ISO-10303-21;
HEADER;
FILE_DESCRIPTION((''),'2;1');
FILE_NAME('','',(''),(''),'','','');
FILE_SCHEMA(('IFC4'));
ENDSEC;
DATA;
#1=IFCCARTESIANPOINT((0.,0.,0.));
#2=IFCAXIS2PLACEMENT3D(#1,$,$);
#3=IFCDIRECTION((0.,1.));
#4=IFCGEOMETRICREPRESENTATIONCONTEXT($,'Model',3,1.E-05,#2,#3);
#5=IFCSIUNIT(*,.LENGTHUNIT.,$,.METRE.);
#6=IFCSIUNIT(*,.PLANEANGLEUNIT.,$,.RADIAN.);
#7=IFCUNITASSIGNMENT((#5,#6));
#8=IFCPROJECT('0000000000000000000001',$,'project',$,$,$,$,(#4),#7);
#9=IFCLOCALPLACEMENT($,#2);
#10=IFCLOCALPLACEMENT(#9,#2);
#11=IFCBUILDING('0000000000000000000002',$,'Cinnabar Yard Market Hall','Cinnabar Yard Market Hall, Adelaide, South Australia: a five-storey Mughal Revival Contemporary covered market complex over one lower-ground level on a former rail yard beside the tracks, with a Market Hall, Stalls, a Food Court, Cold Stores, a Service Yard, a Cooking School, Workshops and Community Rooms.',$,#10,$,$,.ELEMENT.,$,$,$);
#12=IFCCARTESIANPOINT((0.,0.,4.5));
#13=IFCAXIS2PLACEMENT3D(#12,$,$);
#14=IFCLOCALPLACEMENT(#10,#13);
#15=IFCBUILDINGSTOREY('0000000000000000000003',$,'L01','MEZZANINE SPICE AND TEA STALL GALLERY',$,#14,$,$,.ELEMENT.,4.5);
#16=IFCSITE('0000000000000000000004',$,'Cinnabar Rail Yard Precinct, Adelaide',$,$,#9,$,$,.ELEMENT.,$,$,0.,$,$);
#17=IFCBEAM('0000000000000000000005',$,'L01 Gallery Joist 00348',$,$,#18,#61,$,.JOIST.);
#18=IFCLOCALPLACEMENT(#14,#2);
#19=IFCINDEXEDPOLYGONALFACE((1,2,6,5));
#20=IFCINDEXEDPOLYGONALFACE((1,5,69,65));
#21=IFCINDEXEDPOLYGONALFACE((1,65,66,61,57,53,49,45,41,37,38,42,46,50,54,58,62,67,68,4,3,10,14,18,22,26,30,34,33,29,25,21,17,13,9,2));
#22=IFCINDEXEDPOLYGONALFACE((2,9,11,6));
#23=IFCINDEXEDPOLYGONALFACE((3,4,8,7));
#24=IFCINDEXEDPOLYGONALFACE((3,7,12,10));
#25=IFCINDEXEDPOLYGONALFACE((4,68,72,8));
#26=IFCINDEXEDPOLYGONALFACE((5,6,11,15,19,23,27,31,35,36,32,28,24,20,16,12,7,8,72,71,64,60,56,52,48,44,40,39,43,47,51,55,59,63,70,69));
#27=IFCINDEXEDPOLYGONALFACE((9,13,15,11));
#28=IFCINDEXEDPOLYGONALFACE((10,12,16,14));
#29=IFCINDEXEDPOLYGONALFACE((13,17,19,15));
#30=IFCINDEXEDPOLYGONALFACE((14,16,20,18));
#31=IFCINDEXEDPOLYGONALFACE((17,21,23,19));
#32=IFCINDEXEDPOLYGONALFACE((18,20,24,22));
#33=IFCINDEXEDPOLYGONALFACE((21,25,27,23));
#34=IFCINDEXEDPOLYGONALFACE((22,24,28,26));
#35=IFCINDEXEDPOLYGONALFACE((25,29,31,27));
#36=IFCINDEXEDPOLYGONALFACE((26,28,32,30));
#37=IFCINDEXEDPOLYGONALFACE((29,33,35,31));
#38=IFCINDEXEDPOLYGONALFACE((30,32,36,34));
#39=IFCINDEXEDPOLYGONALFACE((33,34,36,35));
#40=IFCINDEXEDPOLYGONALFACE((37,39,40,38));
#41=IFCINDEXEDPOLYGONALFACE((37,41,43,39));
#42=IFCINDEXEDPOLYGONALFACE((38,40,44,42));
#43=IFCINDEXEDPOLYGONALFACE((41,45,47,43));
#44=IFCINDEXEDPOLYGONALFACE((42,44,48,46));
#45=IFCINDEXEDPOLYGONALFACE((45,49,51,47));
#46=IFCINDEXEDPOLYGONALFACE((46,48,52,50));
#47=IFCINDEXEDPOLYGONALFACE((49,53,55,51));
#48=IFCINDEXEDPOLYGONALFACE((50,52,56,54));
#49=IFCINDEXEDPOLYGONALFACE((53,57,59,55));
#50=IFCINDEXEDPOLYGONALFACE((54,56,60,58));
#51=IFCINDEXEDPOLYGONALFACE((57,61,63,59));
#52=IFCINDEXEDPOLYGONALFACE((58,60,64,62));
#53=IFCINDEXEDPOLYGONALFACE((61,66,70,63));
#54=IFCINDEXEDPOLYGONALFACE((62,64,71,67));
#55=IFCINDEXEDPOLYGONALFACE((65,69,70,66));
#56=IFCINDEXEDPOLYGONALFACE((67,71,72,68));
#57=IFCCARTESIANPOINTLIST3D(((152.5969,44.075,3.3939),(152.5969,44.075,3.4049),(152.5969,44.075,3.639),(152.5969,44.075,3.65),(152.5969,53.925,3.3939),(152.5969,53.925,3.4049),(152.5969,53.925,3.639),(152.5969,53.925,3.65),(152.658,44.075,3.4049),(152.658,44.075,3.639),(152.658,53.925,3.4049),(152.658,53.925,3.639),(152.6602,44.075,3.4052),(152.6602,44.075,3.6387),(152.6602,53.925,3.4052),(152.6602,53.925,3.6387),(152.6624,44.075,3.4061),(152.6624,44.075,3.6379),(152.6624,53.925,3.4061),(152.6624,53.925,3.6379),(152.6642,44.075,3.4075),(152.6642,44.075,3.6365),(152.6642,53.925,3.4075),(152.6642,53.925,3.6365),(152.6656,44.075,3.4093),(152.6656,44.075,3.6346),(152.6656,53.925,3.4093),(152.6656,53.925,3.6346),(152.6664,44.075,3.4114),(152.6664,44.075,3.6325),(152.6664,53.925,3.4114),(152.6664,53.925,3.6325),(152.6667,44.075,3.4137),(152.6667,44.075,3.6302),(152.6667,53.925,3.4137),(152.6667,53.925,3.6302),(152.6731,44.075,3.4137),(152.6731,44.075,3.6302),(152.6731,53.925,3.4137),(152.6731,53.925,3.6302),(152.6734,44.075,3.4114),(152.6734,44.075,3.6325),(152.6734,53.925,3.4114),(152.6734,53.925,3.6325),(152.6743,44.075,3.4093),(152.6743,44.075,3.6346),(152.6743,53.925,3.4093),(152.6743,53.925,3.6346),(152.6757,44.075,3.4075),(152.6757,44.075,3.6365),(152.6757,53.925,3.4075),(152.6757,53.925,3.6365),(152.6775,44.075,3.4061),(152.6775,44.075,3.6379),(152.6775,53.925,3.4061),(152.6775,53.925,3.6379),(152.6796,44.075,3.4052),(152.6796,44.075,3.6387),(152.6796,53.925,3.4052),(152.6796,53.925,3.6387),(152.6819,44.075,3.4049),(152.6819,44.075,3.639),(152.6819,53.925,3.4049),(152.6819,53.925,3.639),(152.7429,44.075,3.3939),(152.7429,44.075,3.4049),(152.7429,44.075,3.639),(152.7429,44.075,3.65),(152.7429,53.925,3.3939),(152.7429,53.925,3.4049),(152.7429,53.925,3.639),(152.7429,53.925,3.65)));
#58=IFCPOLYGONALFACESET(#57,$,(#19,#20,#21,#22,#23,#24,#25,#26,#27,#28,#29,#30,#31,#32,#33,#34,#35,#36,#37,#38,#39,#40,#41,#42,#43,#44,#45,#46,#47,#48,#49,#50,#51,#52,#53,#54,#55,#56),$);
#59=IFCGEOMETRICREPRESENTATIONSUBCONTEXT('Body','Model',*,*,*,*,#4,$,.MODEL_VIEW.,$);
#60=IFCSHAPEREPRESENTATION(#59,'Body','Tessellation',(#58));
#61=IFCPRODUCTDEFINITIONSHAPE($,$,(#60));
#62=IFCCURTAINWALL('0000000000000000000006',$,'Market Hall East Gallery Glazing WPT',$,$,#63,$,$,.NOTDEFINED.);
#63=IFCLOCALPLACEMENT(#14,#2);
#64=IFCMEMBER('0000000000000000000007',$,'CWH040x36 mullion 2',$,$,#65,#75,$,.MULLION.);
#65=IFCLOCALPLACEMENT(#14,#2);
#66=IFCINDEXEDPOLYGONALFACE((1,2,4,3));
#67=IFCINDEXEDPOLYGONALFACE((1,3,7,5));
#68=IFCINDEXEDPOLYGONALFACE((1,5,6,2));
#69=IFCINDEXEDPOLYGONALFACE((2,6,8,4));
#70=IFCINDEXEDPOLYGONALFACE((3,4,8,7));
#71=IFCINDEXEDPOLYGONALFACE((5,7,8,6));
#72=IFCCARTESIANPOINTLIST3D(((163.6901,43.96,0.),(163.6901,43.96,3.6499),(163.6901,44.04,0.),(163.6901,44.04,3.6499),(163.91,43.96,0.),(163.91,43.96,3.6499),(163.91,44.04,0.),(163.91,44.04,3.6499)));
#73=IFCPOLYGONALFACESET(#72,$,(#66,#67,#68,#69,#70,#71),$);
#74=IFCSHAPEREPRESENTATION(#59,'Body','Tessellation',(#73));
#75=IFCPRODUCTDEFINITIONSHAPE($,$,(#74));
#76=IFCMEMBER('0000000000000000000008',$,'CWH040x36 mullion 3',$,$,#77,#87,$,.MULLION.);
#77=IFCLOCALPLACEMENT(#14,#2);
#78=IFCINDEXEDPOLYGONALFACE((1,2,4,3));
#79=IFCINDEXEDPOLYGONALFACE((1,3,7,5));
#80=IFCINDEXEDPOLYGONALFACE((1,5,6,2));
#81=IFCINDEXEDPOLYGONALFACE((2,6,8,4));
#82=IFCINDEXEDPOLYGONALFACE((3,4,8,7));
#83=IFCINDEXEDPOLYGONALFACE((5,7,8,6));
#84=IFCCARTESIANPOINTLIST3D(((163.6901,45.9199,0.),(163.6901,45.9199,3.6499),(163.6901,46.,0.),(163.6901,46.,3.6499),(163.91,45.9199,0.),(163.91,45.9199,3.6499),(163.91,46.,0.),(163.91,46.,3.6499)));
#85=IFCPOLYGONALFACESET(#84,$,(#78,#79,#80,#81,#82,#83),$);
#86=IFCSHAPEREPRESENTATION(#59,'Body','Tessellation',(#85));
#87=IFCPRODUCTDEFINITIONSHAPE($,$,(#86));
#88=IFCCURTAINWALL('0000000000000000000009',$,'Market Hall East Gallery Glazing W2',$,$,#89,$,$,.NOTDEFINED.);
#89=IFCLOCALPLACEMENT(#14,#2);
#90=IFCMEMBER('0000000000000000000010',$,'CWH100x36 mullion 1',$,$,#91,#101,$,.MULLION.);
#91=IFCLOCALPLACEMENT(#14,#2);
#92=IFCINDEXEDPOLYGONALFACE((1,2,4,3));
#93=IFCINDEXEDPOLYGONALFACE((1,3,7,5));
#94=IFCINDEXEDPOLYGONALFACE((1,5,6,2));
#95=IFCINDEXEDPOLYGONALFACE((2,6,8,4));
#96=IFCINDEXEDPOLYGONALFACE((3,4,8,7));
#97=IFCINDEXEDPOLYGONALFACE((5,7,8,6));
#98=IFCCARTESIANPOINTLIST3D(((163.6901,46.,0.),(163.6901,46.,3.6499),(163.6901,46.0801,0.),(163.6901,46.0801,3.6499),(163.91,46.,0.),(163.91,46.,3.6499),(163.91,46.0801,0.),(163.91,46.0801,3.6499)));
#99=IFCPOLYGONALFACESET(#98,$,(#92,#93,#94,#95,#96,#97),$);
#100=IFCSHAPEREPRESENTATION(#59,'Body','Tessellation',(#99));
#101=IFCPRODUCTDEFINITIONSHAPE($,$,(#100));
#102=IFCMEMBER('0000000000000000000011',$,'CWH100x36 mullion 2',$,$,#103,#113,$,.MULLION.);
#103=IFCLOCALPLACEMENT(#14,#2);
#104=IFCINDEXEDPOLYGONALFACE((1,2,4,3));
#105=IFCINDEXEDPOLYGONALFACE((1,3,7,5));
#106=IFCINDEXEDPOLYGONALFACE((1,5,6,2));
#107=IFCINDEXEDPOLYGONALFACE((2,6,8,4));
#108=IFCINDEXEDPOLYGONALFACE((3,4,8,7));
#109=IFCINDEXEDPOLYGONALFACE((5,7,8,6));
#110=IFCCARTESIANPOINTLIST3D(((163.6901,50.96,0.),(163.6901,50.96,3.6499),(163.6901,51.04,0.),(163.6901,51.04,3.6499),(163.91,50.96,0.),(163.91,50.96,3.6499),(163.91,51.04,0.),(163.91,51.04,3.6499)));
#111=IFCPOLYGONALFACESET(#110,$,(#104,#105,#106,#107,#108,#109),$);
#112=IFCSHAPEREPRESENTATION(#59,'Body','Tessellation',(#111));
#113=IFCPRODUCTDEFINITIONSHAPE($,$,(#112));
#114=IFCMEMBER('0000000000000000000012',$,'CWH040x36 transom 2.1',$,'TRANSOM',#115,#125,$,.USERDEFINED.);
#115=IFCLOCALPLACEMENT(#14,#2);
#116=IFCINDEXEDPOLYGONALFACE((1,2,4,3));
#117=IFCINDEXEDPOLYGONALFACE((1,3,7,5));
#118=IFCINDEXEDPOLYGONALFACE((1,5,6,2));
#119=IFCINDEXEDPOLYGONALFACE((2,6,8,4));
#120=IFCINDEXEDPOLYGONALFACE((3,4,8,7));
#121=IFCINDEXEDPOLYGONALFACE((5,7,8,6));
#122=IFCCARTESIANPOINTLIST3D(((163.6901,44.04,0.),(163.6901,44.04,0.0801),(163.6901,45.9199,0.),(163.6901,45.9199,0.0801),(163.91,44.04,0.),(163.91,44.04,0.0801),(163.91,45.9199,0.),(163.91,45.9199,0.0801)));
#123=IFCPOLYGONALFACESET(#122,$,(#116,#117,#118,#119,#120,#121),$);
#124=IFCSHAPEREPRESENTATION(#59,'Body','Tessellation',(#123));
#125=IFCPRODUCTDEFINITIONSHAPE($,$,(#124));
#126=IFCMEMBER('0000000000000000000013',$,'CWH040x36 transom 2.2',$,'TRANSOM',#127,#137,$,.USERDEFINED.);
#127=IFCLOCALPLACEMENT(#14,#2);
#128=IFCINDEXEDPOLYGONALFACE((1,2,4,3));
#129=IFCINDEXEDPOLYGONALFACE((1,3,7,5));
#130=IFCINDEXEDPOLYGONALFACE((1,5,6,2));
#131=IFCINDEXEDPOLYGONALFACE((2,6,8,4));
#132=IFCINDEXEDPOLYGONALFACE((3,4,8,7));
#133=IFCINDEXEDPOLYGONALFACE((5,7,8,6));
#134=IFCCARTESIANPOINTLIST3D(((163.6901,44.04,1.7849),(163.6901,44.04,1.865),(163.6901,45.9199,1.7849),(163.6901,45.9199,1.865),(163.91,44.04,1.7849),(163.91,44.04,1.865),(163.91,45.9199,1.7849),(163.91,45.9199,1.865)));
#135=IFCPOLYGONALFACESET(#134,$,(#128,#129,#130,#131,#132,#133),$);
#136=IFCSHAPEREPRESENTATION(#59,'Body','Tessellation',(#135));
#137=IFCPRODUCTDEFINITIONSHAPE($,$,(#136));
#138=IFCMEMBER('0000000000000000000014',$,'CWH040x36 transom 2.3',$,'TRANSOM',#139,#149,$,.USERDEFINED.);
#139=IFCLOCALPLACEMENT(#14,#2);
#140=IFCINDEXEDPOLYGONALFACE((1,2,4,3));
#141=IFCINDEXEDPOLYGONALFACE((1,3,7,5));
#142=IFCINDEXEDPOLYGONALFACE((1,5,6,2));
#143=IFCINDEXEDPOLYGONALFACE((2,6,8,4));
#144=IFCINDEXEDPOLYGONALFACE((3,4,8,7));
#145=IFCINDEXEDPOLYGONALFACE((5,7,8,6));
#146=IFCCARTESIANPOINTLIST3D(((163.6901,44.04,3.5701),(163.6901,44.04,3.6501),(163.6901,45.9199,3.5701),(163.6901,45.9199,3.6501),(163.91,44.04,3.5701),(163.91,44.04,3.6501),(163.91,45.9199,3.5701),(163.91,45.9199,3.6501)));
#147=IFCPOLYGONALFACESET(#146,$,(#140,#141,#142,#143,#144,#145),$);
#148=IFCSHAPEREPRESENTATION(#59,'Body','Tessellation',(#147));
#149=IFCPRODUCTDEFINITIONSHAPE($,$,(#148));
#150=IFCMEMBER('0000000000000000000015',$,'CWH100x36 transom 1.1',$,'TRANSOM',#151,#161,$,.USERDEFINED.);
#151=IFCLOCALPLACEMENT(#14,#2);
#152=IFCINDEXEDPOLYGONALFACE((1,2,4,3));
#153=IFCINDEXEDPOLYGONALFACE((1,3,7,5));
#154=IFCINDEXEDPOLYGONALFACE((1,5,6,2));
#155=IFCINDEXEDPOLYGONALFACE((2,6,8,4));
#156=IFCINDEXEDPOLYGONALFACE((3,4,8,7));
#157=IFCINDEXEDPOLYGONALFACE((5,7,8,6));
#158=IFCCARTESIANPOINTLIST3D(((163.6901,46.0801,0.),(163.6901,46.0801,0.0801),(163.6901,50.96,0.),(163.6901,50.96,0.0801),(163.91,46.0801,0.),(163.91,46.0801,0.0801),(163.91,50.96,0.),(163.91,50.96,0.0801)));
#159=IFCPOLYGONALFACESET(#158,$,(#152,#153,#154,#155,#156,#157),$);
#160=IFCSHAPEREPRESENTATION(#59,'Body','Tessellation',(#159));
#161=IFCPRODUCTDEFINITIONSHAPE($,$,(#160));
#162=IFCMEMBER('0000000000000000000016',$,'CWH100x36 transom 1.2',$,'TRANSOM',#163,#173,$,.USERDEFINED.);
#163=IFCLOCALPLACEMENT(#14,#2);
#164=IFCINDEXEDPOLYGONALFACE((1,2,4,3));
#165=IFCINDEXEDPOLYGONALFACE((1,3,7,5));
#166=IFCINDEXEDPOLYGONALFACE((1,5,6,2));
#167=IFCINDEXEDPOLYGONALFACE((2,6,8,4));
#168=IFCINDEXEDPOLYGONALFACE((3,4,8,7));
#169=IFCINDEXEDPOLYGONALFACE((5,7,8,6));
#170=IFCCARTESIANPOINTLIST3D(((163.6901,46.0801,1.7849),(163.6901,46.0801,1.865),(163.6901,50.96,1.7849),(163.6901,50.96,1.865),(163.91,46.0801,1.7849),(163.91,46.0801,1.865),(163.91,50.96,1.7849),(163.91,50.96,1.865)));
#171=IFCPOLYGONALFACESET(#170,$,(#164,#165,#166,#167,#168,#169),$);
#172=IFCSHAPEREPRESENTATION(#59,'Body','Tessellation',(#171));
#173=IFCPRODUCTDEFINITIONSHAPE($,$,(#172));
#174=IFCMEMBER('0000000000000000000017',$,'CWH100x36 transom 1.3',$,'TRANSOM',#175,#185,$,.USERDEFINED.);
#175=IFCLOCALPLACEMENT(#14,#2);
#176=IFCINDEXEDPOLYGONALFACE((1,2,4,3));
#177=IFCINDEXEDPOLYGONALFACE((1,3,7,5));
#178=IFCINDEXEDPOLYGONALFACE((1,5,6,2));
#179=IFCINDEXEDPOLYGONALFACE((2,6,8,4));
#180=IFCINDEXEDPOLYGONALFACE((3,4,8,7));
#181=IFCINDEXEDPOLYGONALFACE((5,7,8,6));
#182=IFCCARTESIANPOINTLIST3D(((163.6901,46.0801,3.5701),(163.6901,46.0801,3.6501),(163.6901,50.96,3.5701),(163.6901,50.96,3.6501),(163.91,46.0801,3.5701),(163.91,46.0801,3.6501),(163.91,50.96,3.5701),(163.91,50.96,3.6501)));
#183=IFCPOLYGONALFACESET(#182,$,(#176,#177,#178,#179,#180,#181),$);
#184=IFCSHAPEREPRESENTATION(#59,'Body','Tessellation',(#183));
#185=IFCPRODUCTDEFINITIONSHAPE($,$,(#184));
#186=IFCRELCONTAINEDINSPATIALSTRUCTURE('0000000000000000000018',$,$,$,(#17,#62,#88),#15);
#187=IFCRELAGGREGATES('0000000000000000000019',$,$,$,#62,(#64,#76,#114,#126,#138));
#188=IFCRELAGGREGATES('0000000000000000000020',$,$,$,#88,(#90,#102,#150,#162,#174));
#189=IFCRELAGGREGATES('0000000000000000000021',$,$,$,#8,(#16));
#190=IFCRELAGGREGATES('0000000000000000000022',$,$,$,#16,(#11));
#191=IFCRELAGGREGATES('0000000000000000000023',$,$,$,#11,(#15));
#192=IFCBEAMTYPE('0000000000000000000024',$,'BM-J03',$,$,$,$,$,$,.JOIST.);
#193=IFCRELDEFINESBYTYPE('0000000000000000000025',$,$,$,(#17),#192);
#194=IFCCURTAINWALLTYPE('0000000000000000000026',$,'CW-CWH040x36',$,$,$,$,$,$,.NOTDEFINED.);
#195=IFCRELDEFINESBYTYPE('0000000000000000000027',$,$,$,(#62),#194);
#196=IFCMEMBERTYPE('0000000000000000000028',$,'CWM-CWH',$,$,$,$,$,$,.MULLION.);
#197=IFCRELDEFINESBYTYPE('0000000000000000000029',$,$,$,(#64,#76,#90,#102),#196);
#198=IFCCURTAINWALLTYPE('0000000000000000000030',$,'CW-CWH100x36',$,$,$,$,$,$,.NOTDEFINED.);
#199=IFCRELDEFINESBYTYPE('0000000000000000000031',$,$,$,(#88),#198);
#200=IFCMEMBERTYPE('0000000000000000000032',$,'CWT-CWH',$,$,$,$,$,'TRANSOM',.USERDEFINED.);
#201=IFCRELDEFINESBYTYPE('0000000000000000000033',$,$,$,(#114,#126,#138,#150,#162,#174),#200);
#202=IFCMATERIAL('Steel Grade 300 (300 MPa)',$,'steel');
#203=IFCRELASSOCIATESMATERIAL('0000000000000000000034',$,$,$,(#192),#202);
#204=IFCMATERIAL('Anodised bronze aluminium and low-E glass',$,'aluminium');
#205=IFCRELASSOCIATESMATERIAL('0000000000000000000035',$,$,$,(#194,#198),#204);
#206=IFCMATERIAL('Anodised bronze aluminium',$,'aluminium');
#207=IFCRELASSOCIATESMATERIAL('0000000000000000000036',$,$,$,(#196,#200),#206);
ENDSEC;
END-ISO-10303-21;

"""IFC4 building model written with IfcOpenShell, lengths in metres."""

from ifc_helpers import new_model, si_unit, direction, frame, origin, origin_2d_with_axis, place, context, subcontext, project, spatial, rectangle, i_section, extrude, material, material_profile, profile_set, type_object, element, aggregate, save


model = new_model("IFC4")

# Units and contexts
model_context = context("Model", 3, precision=1e-05, world=origin(), true_north=direction((0.0, 1.0)))
body_context = subcontext(model_context, "Body", "Model", "MODEL_VIEW")
ifc_project = project(units=[si_unit("LENGTHUNIT", "METRE"), si_unit("PLANEANGLEUNIT", "RADIAN")], contexts=[model_context])

# Site, building, storey
site_placement = place(None, origin())
site = spatial("IfcSite", under=ifc_project, at=site_placement, Name="Cinnabar Rail Yard Precinct, Adelaide", CompositionType="ELEMENT", RefElevation=0.0)
building_placement = place(site_placement, origin())
building = spatial("IfcBuilding", under=site, at=building_placement, Name="Cinnabar Yard Market Hall", Description="Cinnabar Yard Market Hall, Adelaide, South Australia: a five-storey Mughal Revival Contemporary covered market complex over one lower-ground level on a former rail yard beside the tracks, with a Market Hall, Stalls, a Food Court, Cold Stores, a Service Yard, a Cooking School, Workshops and Community Rooms.", CompositionType="ELEMENT")
storey_placement = place(building_placement, frame((0.0, 0.0, 4.5)))
storey = spatial("IfcBuildingStorey", under=building, at=storey_placement, Name="L01", Description="MEZZANINE SPICE AND TEA STALL GALLERY", CompositionType="ELEMENT", Elevation=4.5)

# Beam
ifc_material_1 = material(Name="Steel Grade 300 (300 MPa)", Category="steel")
ifc_material_profile_1 = material_profile(ifc_material_1, i_section(OverallWidth=0.146, OverallDepth=0.2561, WebThickness=0.0063, FlangeThickness=0.011, FilletRadius=0.0088, at=origin_2d_with_axis()), Name="250UB37.3")
ifc_profile_set_1 = profile_set([ifc_material_profile_1], Name="Steel Grade 300 (300 MPa)")
beam_type_1 = type_object("IfcBeamType", Name="BM-J03", PredefinedType="JOIST", material=ifc_profile_set_1)
for number, where, z_axis, x_axis, name in (
    (1, (152.6699, 44.075, 3.522), (0.0, 1.0, 0.0), (-1.0, 0.0, 0.0), "L01 Gallery Joist 00348"),
):
    element("IfcBeam", number, at=place(storey_placement, frame(where, z_axis=z_axis, x_axis=x_axis)), inside=storey, type_object=beam_type_1, Name=name, PredefinedType="JOIST", context=body_context, shape_type="SweptSolid", body=[
        extrude(i_section(OverallWidth=0.146, OverallDepth=0.2561, WebThickness=0.0063, FlangeThickness=0.011, FilletRadius=0.0088, at=origin_2d_with_axis()), origin(), (0.0, 0.0, 1.0), 9.8501),
    ])

# Curtain walls, members
ifc_material_2 = material(Name="Anodised bronze aluminium and low-E glass", Category="aluminium")
curtain_wall_type_1 = type_object("IfcCurtainWallType", Name="CW-CWH040x36", PredefinedType="NOTDEFINED", material=ifc_material_2)
curtain_wall_1_placement = place(storey_placement, origin())
curtain_wall_1 = element("IfcCurtainWall", 2, at=curtain_wall_1_placement, inside=storey, type_object=curtain_wall_type_1, Name="Market Hall East Gallery Glazing WPT", PredefinedType="NOTDEFINED")
ifc_material_3 = material(Name="Anodised bronze aluminium", Category="aluminium")
ifc_material_profile_2 = material_profile(ifc_material_3, rectangle(XDim=0.22, YDim=0.0801, at=origin_2d_with_axis()), Name="MUL-CWH")
ifc_profile_set_2 = profile_set([ifc_material_profile_2], Name="Anodised bronze aluminium")
member_type_1 = type_object("IfcMemberType", Name="CWM-CWH", PredefinedType="MULLION", material=ifc_profile_set_2)
member_1_placement = place(storey_placement, frame((163.8, 44.0, 0.0), z_axis=(0.0, 0.0, 1.0), x_axis=(-1.0, 0.0, 0.0)))
member_1 = element("IfcMember", 3, at=member_1_placement, type_object=member_type_1, Name="CWH040x36 mullion 2", PredefinedType="MULLION", context=body_context, shape_type="SweptSolid", body=[
    extrude(rectangle(XDim=0.22, YDim=0.0801, at=origin_2d_with_axis()), origin(), (0.0, 0.0, 1.0), 3.6499),
])
member_2_placement = place(storey_placement, frame((163.8, 45.96, 0.0), z_axis=(0.0, 0.0, 1.0), x_axis=(-1.0, 0.0, 0.0)))
member_2 = element("IfcMember", 4, at=member_2_placement, type_object=member_type_1, Name="CWH040x36 mullion 3", PredefinedType="MULLION", context=body_context, shape_type="SweptSolid", body=[
    extrude(rectangle(XDim=0.22, YDim=0.0801, at=origin_2d_with_axis()), origin(), (0.0, 0.0, 1.0), 3.6499),
])
curtain_wall_type_2 = type_object("IfcCurtainWallType", Name="CW-CWH100x36", PredefinedType="NOTDEFINED", material=ifc_material_2)
curtain_wall_2_placement = place(storey_placement, origin())
curtain_wall_2 = element("IfcCurtainWall", 5, at=curtain_wall_2_placement, inside=storey, type_object=curtain_wall_type_2, Name="Market Hall East Gallery Glazing W2", PredefinedType="NOTDEFINED")
member_3_placement = place(storey_placement, frame((163.8, 46.04, 0.0), z_axis=(0.0, 0.0, 1.0), x_axis=(-1.0, 0.0, 0.0)))
member_3 = element("IfcMember", 6, at=member_3_placement, type_object=member_type_1, Name="CWH100x36 mullion 1", PredefinedType="MULLION", context=body_context, shape_type="SweptSolid", body=[
    extrude(rectangle(XDim=0.22, YDim=0.0801, at=origin_2d_with_axis()), origin(), (0.0, 0.0, 1.0), 3.6499),
])
member_4_placement = place(storey_placement, frame((163.8, 51.0, 0.0), z_axis=(0.0, 0.0, 1.0), x_axis=(-1.0, 0.0, 0.0)))
member_4 = element("IfcMember", 7, at=member_4_placement, type_object=member_type_1, Name="CWH100x36 mullion 2", PredefinedType="MULLION", context=body_context, shape_type="SweptSolid", body=[
    extrude(rectangle(XDim=0.22, YDim=0.0801, at=origin_2d_with_axis()), origin(), (0.0, 0.0, 1.0), 3.6499),
])

# Members
ifc_material_profile_3 = material_profile(ifc_material_3, rectangle(XDim=0.22, YDim=0.0801, at=origin_2d_with_axis()), Name="TRN-CWH")
ifc_profile_set_3 = profile_set([ifc_material_profile_3], Name="Anodised bronze aluminium")
member_type_2 = type_object("IfcMemberType", Name="CWT-CWH", ElementType="TRANSOM", PredefinedType="USERDEFINED", material=ifc_profile_set_3)
member_5_placement = place(storey_placement, frame((163.8, 44.04, 0.04), z_axis=(0.0, 1.0, 0.0), x_axis=(-1.0, 0.0, 0.0)))
member_5 = element("IfcMember", 8, at=member_5_placement, type_object=member_type_2, Name="CWH040x36 transom 2.1", ObjectType="TRANSOM", PredefinedType="USERDEFINED", context=body_context, shape_type="SweptSolid", body=[
    extrude(rectangle(XDim=0.22, YDim=0.0801, at=origin_2d_with_axis()), origin(), (0.0, 0.0, 1.0), 1.8799),
])
member_6_placement = place(storey_placement, frame((163.8, 44.04, 1.825), z_axis=(0.0, 1.0, 0.0), x_axis=(-1.0, 0.0, 0.0)))
member_6 = element("IfcMember", 9, at=member_6_placement, type_object=member_type_2, Name="CWH040x36 transom 2.2", ObjectType="TRANSOM", PredefinedType="USERDEFINED", context=body_context, shape_type="SweptSolid", body=[
    extrude(rectangle(XDim=0.22, YDim=0.0801, at=origin_2d_with_axis()), origin(), (0.0, 0.0, 1.0), 1.8799),
])
member_7_placement = place(storey_placement, frame((163.8, 44.04, 3.6101), z_axis=(0.0, 1.0, 0.0), x_axis=(-1.0, 0.0, 0.0)))
member_7 = element("IfcMember", 10, at=member_7_placement, type_object=member_type_2, Name="CWH040x36 transom 2.3", ObjectType="TRANSOM", PredefinedType="USERDEFINED", context=body_context, shape_type="SweptSolid", body=[
    extrude(rectangle(XDim=0.22, YDim=0.0801, at=origin_2d_with_axis()), origin(), (0.0, 0.0, 1.0), 1.8799),
])
member_8_placement = place(storey_placement, frame((163.8, 46.0801, 0.04), z_axis=(0.0, 1.0, 0.0), x_axis=(-1.0, 0.0, 0.0)))
member_8 = element("IfcMember", 11, at=member_8_placement, type_object=member_type_2, Name="CWH100x36 transom 1.1", ObjectType="TRANSOM", PredefinedType="USERDEFINED", context=body_context, shape_type="SweptSolid", body=[
    extrude(rectangle(XDim=0.22, YDim=0.0801, at=origin_2d_with_axis()), origin(), (0.0, 0.0, 1.0), 4.8799),
])
member_9_placement = place(storey_placement, frame((163.8, 46.0801, 1.825), z_axis=(0.0, 1.0, 0.0), x_axis=(-1.0, 0.0, 0.0)))
member_9 = element("IfcMember", 12, at=member_9_placement, type_object=member_type_2, Name="CWH100x36 transom 1.2", ObjectType="TRANSOM", PredefinedType="USERDEFINED", context=body_context, shape_type="SweptSolid", body=[
    extrude(rectangle(XDim=0.22, YDim=0.0801, at=origin_2d_with_axis()), origin(), (0.0, 0.0, 1.0), 4.8799),
])
member_10_placement = place(storey_placement, frame((163.8, 46.0801, 3.6101), z_axis=(0.0, 1.0, 0.0), x_axis=(-1.0, 0.0, 0.0)))
member_10 = element("IfcMember", 13, at=member_10_placement, type_object=member_type_2, Name="CWH100x36 transom 1.3", ObjectType="TRANSOM", PredefinedType="USERDEFINED", context=body_context, shape_type="SweptSolid", body=[
    extrude(rectangle(XDim=0.22, YDim=0.0801, at=origin_2d_with_axis()), origin(), (0.0, 0.0, 1.0), 4.8799),
])

aggregate(curtain_wall_1, [member_1, member_2, member_5, member_6, member_7])
aggregate(curtain_wall_2, [member_3, member_4, member_8, member_9, member_10])

save(model, "model.ifc")
